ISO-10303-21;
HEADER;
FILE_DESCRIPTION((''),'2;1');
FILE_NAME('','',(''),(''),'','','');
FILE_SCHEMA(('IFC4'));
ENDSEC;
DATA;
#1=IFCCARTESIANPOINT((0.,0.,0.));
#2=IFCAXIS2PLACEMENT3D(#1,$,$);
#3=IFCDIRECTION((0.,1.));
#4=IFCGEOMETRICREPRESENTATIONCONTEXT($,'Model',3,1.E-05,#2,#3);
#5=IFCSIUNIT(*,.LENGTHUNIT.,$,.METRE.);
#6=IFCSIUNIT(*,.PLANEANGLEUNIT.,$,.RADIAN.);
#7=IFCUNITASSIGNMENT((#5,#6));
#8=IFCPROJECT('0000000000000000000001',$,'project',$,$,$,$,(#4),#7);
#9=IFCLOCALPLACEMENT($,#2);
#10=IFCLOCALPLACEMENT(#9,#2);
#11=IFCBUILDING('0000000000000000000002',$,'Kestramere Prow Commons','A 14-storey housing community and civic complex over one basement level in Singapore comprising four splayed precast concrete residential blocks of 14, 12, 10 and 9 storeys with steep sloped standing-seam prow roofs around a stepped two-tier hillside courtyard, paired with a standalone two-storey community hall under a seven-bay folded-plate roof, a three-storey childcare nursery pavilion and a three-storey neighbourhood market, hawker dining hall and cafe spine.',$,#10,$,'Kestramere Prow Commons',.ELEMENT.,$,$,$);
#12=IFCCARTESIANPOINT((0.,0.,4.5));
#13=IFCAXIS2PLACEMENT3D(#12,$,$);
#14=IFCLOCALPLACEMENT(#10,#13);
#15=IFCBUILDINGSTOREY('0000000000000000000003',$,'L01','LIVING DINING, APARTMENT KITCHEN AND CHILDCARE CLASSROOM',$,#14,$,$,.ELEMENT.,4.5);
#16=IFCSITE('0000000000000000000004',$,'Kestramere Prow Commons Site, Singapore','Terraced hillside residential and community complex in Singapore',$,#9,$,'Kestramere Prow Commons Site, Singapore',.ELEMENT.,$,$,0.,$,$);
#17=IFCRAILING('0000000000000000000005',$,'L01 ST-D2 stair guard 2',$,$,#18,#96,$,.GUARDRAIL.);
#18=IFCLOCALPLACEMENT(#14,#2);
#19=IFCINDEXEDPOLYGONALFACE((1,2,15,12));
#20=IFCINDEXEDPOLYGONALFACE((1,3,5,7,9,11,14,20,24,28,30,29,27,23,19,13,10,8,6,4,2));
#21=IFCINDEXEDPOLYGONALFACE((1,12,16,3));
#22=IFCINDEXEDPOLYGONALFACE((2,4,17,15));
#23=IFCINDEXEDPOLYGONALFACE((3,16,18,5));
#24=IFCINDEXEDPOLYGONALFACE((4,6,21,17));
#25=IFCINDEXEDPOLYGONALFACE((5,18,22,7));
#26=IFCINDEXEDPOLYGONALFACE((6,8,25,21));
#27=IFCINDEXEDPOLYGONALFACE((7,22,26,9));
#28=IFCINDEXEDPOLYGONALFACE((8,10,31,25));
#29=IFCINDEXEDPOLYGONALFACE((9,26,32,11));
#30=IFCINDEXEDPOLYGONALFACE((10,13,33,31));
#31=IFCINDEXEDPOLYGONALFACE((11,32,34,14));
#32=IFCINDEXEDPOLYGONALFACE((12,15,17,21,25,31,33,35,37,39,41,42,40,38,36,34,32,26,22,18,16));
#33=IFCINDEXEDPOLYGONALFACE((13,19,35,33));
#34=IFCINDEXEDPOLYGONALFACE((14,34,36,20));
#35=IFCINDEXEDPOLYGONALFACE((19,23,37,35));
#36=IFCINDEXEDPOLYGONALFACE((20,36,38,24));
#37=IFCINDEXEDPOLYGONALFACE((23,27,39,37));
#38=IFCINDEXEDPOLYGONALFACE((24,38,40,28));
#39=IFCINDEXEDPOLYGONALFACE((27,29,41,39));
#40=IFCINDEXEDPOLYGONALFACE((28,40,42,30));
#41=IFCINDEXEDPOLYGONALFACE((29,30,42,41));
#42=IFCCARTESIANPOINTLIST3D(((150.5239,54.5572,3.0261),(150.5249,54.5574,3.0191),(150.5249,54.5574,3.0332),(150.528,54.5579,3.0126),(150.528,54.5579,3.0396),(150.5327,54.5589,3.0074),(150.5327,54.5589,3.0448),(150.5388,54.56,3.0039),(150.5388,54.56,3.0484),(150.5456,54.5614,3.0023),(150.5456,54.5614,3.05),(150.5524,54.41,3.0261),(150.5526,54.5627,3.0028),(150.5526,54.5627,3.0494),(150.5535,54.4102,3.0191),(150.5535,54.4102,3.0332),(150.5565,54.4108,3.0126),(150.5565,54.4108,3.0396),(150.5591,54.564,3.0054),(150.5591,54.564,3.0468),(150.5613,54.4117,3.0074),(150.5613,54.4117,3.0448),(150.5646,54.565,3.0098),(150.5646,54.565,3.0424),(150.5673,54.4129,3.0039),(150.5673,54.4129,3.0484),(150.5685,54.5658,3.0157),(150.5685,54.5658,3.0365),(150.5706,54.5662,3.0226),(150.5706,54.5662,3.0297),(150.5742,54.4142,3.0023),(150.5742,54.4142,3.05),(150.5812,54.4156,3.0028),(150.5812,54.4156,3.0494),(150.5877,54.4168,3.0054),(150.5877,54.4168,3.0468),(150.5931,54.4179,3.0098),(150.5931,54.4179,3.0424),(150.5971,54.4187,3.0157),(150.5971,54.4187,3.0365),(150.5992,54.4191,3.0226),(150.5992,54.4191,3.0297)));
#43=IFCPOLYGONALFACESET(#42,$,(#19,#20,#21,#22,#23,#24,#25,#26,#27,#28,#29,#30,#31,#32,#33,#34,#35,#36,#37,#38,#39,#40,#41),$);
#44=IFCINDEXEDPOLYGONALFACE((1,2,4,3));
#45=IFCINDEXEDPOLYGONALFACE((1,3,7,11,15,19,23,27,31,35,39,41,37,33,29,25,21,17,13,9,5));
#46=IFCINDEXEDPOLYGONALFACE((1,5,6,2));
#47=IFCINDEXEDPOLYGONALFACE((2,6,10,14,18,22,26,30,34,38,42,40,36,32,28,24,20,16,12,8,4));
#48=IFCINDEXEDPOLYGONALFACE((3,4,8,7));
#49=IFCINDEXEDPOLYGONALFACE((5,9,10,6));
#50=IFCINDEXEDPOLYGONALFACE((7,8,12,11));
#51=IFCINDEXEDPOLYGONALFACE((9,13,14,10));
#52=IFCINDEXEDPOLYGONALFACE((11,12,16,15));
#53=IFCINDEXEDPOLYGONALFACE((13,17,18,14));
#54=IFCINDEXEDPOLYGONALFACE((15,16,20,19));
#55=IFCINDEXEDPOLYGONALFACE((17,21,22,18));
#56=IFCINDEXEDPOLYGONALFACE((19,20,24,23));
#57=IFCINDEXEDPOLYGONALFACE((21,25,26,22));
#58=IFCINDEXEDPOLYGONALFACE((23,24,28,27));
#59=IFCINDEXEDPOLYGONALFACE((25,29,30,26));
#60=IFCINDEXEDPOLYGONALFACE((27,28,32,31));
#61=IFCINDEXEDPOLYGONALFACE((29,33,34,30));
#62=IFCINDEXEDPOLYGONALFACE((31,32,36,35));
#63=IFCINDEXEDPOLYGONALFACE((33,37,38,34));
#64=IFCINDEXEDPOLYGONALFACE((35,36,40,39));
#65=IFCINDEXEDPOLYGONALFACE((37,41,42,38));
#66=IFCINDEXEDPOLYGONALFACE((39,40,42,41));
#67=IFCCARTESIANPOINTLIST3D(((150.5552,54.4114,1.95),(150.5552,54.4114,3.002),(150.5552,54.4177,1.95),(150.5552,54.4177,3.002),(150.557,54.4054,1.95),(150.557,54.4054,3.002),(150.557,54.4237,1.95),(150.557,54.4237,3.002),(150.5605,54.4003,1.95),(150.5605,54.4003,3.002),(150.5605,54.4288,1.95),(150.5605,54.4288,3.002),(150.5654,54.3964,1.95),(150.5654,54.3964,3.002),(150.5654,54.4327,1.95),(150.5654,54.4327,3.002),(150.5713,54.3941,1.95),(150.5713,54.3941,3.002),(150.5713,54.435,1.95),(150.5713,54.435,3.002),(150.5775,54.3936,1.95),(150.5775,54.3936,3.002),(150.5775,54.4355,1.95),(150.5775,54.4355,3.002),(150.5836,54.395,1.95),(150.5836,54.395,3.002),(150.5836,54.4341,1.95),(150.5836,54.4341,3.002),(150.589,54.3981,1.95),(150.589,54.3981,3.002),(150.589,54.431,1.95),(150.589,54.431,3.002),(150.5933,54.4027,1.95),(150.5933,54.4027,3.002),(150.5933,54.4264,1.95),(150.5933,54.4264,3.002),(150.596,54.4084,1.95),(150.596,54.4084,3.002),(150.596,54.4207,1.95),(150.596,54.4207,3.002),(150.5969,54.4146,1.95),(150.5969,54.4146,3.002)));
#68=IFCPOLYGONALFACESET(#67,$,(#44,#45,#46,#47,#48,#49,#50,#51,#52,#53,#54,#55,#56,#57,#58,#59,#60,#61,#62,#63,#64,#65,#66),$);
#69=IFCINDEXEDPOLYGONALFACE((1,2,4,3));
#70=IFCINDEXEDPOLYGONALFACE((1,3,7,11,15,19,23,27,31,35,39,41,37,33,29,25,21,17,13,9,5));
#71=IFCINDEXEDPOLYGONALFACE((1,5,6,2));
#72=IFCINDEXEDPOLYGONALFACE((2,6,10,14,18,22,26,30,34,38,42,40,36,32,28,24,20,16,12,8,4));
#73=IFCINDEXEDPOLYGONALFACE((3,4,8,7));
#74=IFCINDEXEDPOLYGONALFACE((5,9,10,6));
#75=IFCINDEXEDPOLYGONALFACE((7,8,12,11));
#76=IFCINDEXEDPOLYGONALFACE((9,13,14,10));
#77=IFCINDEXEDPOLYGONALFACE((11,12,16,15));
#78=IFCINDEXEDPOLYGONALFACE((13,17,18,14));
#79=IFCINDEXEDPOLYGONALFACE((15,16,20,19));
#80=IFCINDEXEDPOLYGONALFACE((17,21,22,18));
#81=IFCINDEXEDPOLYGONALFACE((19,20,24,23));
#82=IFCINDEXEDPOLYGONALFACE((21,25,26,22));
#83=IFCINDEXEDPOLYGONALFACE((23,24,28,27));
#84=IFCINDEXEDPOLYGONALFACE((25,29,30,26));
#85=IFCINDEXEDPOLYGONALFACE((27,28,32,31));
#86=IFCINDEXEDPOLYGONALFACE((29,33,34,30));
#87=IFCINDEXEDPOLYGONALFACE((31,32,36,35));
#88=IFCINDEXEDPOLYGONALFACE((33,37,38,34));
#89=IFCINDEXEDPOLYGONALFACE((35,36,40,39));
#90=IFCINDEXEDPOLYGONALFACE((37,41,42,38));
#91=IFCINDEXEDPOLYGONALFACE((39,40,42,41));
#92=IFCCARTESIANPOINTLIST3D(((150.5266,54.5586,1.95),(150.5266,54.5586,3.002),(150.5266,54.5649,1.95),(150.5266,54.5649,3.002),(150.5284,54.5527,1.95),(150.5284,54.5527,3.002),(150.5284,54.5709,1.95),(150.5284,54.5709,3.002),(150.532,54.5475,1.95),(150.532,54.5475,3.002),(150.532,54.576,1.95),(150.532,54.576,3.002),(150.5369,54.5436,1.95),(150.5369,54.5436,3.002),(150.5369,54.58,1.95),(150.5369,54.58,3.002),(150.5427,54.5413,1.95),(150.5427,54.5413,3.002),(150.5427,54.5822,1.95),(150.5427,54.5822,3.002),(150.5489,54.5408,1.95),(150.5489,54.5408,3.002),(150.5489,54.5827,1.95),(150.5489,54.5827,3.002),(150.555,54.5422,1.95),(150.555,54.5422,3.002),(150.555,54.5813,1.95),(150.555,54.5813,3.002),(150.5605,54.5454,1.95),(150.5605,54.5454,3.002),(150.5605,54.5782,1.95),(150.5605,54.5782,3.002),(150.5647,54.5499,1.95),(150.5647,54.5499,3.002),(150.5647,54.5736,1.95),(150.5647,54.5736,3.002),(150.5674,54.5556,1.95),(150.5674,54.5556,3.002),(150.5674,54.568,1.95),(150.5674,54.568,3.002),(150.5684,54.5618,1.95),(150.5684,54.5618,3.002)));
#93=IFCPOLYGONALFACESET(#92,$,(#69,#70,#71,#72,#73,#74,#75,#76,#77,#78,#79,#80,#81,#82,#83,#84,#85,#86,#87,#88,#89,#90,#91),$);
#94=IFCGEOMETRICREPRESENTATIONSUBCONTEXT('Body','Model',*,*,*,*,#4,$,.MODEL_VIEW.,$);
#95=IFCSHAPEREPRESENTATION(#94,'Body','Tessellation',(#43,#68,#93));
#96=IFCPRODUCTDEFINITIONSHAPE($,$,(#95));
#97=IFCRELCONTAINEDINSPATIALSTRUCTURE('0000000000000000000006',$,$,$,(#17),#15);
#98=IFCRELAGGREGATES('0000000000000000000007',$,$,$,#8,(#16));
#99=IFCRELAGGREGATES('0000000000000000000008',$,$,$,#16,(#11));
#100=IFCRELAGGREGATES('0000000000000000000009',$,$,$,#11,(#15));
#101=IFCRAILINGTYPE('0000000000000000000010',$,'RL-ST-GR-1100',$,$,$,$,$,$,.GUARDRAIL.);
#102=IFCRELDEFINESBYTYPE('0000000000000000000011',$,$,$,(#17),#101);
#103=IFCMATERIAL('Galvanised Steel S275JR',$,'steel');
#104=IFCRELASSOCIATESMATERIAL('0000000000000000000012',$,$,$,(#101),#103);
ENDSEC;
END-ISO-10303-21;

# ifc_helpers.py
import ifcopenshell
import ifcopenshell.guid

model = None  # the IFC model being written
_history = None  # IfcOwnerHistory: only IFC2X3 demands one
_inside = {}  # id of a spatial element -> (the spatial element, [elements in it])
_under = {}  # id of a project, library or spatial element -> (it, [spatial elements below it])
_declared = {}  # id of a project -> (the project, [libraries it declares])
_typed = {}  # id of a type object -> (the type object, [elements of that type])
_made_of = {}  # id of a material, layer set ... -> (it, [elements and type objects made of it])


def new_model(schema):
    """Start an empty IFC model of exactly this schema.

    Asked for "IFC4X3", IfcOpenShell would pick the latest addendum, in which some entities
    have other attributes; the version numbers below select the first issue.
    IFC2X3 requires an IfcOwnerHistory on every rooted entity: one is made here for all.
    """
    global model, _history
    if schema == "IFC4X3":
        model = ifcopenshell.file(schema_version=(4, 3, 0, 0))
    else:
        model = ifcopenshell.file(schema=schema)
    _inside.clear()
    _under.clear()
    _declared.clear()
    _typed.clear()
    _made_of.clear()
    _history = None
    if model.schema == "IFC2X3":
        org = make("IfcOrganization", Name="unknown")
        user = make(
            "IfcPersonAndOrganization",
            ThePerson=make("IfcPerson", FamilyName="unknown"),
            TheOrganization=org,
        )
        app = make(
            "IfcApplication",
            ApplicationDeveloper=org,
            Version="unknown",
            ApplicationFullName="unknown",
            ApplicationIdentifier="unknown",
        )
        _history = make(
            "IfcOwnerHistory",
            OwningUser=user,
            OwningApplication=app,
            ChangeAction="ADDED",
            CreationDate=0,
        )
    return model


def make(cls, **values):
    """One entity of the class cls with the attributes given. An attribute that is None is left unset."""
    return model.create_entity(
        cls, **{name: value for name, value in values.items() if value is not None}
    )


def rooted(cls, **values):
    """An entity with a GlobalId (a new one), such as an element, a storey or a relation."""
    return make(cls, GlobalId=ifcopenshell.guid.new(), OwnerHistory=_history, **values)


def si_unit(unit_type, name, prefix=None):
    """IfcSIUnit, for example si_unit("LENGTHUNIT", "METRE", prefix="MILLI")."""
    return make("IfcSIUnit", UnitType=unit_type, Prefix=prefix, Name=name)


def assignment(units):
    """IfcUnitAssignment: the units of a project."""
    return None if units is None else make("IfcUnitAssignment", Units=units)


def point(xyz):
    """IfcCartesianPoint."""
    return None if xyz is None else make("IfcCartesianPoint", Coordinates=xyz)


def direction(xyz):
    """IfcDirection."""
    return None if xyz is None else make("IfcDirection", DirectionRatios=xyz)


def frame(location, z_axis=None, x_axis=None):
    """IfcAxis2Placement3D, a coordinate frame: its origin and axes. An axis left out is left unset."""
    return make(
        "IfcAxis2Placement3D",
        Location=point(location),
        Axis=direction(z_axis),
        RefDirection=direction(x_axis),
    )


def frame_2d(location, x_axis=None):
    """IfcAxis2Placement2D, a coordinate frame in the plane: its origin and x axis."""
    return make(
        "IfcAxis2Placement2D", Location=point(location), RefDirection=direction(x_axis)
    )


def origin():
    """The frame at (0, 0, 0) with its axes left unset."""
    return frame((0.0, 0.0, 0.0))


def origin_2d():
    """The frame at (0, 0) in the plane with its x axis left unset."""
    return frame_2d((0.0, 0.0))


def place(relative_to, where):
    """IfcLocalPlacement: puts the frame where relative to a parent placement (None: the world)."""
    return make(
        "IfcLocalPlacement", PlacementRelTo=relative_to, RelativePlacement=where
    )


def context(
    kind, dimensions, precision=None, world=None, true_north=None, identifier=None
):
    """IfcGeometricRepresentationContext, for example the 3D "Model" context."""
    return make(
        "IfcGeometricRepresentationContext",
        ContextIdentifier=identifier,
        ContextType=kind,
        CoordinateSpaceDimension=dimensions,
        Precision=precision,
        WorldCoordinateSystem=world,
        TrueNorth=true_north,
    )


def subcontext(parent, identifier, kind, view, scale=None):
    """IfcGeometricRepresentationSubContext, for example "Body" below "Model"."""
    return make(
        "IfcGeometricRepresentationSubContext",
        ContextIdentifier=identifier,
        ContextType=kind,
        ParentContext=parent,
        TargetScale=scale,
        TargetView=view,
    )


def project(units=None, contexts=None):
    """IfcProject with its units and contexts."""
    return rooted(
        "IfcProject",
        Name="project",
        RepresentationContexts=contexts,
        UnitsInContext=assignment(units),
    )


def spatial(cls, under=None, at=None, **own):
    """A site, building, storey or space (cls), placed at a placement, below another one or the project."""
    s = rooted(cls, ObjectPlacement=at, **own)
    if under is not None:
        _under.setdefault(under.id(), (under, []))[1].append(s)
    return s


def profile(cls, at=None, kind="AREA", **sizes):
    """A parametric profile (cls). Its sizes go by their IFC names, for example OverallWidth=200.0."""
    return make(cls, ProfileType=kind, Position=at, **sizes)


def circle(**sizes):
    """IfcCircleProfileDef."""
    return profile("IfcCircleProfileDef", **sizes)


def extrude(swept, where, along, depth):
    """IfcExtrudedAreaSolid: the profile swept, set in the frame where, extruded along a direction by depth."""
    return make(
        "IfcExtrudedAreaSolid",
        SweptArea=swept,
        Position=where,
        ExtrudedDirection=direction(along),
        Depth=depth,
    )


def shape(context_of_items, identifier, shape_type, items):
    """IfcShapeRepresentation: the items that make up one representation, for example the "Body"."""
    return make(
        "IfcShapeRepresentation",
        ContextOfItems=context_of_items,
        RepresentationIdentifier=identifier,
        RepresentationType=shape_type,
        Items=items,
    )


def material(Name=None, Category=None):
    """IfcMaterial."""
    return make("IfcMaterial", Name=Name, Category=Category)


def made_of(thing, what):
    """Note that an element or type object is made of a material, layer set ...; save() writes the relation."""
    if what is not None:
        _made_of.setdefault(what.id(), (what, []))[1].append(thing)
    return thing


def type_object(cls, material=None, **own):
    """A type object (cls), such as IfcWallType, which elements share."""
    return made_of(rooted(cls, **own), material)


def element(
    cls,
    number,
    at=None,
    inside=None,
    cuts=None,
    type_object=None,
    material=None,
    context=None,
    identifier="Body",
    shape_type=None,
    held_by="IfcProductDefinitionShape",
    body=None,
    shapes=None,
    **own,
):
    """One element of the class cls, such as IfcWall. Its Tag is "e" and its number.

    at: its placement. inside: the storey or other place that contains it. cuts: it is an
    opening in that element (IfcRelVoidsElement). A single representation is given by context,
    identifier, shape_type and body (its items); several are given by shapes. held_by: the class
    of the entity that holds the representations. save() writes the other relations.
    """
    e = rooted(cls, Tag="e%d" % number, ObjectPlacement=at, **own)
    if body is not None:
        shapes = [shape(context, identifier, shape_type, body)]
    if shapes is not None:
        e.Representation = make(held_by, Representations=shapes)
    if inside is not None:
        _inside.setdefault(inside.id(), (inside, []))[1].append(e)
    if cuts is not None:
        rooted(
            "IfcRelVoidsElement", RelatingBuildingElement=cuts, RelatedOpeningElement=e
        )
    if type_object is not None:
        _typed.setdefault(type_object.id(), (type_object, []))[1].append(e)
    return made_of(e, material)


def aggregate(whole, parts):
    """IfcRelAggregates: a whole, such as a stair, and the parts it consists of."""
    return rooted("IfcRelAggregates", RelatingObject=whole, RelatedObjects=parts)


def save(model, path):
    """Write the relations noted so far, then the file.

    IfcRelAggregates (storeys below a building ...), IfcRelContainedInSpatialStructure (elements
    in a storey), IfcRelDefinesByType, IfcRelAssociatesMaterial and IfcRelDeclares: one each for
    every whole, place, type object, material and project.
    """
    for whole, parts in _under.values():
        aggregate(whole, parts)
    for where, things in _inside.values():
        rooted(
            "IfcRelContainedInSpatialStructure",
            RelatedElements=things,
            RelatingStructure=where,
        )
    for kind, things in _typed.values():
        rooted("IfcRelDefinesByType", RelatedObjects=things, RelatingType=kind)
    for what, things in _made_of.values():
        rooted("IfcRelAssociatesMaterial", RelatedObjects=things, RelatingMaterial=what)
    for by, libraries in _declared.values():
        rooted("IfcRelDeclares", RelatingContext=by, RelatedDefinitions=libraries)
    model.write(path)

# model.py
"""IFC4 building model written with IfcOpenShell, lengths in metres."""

from ifc_helpers import new_model, si_unit, direction, frame, origin, origin_2d, place, context, subcontext, project, spatial, circle, extrude, material, type_object, element, save


model = new_model("IFC4")

# Units and contexts
model_context = context("Model", 3, precision=1e-05, world=origin(), true_north=direction((0.0, 1.0)))
body_context = subcontext(model_context, "Body", "Model", "MODEL_VIEW")
ifc_project = project(units=[si_unit("LENGTHUNIT", "METRE"), si_unit("PLANEANGLEUNIT", "RADIAN")], contexts=[model_context])

# Site, building, storey
site_placement = place(None, origin())
site = spatial("IfcSite", under=ifc_project, at=site_placement, Name="Kestramere Prow Commons Site, Singapore", Description="Terraced hillside residential and community complex in Singapore", LongName="Kestramere Prow Commons Site, Singapore", CompositionType="ELEMENT", RefElevation=0.0)
building_placement = place(site_placement, origin())
building = spatial("IfcBuilding", under=site, at=building_placement, Name="Kestramere Prow Commons", Description="A 14-storey housing community and civic complex over one basement level in Singapore comprising four splayed precast concrete residential blocks of 14, 12, 10 and 9 storeys with steep sloped standing-seam prow roofs around a stepped two-tier hillside courtyard, paired with a standalone two-storey community hall under a seven-bay folded-plate roof, a three-storey childcare nursery pavilion and a three-storey neighbourhood market, hawker dining hall and cafe spine.", LongName="Kestramere Prow Commons", CompositionType="ELEMENT")
storey_placement = place(building_placement, frame((0.0, 0.0, 4.5)))
storey = spatial("IfcBuildingStorey", under=building, at=storey_placement, Name="L01", Description="LIVING DINING, APARTMENT KITCHEN AND CHILDCARE CLASSROOM", CompositionType="ELEMENT", Elevation=4.5)

# Railing
ifc_material_1 = material(Name="Galvanised Steel S275JR", Category="steel")
railing_type_1 = type_object("IfcRailingType", Name="RL-ST-GR-1100", PredefinedType="GUARDRAIL", material=ifc_material_1)
railing_1_placement = place(storey_placement, frame((150.5759, 54.4146, 1.95)))
element("IfcRailing", 1, at=railing_1_placement, inside=storey, type_object=railing_type_1, Name="L01 ST-D2 stair guard 2", PredefinedType="GUARDRAIL", context=body_context, shape_type="SweptSolid", body=[
    extrude(circle(Radius=0.0239, at=origin_2d()), frame((0.0, 0.0, 1.0762), z_axis=(-0.190477, 0.981692, 0.0), x_axis=(-0.981692, -0.190477, 0.0)), (0.0, 0.0, 1.0), 0.1499),
    extrude(circle(Radius=0.021, at=origin_2d()), origin(), (0.0, 0.0, 1.0), 1.052),
    extrude(circle(Radius=0.021, at=origin_2d()), frame((-0.0286, 0.1472, 0.0)), (0.0, 0.0, 1.0), 1.052),
])

save(model, "model.ifc")
